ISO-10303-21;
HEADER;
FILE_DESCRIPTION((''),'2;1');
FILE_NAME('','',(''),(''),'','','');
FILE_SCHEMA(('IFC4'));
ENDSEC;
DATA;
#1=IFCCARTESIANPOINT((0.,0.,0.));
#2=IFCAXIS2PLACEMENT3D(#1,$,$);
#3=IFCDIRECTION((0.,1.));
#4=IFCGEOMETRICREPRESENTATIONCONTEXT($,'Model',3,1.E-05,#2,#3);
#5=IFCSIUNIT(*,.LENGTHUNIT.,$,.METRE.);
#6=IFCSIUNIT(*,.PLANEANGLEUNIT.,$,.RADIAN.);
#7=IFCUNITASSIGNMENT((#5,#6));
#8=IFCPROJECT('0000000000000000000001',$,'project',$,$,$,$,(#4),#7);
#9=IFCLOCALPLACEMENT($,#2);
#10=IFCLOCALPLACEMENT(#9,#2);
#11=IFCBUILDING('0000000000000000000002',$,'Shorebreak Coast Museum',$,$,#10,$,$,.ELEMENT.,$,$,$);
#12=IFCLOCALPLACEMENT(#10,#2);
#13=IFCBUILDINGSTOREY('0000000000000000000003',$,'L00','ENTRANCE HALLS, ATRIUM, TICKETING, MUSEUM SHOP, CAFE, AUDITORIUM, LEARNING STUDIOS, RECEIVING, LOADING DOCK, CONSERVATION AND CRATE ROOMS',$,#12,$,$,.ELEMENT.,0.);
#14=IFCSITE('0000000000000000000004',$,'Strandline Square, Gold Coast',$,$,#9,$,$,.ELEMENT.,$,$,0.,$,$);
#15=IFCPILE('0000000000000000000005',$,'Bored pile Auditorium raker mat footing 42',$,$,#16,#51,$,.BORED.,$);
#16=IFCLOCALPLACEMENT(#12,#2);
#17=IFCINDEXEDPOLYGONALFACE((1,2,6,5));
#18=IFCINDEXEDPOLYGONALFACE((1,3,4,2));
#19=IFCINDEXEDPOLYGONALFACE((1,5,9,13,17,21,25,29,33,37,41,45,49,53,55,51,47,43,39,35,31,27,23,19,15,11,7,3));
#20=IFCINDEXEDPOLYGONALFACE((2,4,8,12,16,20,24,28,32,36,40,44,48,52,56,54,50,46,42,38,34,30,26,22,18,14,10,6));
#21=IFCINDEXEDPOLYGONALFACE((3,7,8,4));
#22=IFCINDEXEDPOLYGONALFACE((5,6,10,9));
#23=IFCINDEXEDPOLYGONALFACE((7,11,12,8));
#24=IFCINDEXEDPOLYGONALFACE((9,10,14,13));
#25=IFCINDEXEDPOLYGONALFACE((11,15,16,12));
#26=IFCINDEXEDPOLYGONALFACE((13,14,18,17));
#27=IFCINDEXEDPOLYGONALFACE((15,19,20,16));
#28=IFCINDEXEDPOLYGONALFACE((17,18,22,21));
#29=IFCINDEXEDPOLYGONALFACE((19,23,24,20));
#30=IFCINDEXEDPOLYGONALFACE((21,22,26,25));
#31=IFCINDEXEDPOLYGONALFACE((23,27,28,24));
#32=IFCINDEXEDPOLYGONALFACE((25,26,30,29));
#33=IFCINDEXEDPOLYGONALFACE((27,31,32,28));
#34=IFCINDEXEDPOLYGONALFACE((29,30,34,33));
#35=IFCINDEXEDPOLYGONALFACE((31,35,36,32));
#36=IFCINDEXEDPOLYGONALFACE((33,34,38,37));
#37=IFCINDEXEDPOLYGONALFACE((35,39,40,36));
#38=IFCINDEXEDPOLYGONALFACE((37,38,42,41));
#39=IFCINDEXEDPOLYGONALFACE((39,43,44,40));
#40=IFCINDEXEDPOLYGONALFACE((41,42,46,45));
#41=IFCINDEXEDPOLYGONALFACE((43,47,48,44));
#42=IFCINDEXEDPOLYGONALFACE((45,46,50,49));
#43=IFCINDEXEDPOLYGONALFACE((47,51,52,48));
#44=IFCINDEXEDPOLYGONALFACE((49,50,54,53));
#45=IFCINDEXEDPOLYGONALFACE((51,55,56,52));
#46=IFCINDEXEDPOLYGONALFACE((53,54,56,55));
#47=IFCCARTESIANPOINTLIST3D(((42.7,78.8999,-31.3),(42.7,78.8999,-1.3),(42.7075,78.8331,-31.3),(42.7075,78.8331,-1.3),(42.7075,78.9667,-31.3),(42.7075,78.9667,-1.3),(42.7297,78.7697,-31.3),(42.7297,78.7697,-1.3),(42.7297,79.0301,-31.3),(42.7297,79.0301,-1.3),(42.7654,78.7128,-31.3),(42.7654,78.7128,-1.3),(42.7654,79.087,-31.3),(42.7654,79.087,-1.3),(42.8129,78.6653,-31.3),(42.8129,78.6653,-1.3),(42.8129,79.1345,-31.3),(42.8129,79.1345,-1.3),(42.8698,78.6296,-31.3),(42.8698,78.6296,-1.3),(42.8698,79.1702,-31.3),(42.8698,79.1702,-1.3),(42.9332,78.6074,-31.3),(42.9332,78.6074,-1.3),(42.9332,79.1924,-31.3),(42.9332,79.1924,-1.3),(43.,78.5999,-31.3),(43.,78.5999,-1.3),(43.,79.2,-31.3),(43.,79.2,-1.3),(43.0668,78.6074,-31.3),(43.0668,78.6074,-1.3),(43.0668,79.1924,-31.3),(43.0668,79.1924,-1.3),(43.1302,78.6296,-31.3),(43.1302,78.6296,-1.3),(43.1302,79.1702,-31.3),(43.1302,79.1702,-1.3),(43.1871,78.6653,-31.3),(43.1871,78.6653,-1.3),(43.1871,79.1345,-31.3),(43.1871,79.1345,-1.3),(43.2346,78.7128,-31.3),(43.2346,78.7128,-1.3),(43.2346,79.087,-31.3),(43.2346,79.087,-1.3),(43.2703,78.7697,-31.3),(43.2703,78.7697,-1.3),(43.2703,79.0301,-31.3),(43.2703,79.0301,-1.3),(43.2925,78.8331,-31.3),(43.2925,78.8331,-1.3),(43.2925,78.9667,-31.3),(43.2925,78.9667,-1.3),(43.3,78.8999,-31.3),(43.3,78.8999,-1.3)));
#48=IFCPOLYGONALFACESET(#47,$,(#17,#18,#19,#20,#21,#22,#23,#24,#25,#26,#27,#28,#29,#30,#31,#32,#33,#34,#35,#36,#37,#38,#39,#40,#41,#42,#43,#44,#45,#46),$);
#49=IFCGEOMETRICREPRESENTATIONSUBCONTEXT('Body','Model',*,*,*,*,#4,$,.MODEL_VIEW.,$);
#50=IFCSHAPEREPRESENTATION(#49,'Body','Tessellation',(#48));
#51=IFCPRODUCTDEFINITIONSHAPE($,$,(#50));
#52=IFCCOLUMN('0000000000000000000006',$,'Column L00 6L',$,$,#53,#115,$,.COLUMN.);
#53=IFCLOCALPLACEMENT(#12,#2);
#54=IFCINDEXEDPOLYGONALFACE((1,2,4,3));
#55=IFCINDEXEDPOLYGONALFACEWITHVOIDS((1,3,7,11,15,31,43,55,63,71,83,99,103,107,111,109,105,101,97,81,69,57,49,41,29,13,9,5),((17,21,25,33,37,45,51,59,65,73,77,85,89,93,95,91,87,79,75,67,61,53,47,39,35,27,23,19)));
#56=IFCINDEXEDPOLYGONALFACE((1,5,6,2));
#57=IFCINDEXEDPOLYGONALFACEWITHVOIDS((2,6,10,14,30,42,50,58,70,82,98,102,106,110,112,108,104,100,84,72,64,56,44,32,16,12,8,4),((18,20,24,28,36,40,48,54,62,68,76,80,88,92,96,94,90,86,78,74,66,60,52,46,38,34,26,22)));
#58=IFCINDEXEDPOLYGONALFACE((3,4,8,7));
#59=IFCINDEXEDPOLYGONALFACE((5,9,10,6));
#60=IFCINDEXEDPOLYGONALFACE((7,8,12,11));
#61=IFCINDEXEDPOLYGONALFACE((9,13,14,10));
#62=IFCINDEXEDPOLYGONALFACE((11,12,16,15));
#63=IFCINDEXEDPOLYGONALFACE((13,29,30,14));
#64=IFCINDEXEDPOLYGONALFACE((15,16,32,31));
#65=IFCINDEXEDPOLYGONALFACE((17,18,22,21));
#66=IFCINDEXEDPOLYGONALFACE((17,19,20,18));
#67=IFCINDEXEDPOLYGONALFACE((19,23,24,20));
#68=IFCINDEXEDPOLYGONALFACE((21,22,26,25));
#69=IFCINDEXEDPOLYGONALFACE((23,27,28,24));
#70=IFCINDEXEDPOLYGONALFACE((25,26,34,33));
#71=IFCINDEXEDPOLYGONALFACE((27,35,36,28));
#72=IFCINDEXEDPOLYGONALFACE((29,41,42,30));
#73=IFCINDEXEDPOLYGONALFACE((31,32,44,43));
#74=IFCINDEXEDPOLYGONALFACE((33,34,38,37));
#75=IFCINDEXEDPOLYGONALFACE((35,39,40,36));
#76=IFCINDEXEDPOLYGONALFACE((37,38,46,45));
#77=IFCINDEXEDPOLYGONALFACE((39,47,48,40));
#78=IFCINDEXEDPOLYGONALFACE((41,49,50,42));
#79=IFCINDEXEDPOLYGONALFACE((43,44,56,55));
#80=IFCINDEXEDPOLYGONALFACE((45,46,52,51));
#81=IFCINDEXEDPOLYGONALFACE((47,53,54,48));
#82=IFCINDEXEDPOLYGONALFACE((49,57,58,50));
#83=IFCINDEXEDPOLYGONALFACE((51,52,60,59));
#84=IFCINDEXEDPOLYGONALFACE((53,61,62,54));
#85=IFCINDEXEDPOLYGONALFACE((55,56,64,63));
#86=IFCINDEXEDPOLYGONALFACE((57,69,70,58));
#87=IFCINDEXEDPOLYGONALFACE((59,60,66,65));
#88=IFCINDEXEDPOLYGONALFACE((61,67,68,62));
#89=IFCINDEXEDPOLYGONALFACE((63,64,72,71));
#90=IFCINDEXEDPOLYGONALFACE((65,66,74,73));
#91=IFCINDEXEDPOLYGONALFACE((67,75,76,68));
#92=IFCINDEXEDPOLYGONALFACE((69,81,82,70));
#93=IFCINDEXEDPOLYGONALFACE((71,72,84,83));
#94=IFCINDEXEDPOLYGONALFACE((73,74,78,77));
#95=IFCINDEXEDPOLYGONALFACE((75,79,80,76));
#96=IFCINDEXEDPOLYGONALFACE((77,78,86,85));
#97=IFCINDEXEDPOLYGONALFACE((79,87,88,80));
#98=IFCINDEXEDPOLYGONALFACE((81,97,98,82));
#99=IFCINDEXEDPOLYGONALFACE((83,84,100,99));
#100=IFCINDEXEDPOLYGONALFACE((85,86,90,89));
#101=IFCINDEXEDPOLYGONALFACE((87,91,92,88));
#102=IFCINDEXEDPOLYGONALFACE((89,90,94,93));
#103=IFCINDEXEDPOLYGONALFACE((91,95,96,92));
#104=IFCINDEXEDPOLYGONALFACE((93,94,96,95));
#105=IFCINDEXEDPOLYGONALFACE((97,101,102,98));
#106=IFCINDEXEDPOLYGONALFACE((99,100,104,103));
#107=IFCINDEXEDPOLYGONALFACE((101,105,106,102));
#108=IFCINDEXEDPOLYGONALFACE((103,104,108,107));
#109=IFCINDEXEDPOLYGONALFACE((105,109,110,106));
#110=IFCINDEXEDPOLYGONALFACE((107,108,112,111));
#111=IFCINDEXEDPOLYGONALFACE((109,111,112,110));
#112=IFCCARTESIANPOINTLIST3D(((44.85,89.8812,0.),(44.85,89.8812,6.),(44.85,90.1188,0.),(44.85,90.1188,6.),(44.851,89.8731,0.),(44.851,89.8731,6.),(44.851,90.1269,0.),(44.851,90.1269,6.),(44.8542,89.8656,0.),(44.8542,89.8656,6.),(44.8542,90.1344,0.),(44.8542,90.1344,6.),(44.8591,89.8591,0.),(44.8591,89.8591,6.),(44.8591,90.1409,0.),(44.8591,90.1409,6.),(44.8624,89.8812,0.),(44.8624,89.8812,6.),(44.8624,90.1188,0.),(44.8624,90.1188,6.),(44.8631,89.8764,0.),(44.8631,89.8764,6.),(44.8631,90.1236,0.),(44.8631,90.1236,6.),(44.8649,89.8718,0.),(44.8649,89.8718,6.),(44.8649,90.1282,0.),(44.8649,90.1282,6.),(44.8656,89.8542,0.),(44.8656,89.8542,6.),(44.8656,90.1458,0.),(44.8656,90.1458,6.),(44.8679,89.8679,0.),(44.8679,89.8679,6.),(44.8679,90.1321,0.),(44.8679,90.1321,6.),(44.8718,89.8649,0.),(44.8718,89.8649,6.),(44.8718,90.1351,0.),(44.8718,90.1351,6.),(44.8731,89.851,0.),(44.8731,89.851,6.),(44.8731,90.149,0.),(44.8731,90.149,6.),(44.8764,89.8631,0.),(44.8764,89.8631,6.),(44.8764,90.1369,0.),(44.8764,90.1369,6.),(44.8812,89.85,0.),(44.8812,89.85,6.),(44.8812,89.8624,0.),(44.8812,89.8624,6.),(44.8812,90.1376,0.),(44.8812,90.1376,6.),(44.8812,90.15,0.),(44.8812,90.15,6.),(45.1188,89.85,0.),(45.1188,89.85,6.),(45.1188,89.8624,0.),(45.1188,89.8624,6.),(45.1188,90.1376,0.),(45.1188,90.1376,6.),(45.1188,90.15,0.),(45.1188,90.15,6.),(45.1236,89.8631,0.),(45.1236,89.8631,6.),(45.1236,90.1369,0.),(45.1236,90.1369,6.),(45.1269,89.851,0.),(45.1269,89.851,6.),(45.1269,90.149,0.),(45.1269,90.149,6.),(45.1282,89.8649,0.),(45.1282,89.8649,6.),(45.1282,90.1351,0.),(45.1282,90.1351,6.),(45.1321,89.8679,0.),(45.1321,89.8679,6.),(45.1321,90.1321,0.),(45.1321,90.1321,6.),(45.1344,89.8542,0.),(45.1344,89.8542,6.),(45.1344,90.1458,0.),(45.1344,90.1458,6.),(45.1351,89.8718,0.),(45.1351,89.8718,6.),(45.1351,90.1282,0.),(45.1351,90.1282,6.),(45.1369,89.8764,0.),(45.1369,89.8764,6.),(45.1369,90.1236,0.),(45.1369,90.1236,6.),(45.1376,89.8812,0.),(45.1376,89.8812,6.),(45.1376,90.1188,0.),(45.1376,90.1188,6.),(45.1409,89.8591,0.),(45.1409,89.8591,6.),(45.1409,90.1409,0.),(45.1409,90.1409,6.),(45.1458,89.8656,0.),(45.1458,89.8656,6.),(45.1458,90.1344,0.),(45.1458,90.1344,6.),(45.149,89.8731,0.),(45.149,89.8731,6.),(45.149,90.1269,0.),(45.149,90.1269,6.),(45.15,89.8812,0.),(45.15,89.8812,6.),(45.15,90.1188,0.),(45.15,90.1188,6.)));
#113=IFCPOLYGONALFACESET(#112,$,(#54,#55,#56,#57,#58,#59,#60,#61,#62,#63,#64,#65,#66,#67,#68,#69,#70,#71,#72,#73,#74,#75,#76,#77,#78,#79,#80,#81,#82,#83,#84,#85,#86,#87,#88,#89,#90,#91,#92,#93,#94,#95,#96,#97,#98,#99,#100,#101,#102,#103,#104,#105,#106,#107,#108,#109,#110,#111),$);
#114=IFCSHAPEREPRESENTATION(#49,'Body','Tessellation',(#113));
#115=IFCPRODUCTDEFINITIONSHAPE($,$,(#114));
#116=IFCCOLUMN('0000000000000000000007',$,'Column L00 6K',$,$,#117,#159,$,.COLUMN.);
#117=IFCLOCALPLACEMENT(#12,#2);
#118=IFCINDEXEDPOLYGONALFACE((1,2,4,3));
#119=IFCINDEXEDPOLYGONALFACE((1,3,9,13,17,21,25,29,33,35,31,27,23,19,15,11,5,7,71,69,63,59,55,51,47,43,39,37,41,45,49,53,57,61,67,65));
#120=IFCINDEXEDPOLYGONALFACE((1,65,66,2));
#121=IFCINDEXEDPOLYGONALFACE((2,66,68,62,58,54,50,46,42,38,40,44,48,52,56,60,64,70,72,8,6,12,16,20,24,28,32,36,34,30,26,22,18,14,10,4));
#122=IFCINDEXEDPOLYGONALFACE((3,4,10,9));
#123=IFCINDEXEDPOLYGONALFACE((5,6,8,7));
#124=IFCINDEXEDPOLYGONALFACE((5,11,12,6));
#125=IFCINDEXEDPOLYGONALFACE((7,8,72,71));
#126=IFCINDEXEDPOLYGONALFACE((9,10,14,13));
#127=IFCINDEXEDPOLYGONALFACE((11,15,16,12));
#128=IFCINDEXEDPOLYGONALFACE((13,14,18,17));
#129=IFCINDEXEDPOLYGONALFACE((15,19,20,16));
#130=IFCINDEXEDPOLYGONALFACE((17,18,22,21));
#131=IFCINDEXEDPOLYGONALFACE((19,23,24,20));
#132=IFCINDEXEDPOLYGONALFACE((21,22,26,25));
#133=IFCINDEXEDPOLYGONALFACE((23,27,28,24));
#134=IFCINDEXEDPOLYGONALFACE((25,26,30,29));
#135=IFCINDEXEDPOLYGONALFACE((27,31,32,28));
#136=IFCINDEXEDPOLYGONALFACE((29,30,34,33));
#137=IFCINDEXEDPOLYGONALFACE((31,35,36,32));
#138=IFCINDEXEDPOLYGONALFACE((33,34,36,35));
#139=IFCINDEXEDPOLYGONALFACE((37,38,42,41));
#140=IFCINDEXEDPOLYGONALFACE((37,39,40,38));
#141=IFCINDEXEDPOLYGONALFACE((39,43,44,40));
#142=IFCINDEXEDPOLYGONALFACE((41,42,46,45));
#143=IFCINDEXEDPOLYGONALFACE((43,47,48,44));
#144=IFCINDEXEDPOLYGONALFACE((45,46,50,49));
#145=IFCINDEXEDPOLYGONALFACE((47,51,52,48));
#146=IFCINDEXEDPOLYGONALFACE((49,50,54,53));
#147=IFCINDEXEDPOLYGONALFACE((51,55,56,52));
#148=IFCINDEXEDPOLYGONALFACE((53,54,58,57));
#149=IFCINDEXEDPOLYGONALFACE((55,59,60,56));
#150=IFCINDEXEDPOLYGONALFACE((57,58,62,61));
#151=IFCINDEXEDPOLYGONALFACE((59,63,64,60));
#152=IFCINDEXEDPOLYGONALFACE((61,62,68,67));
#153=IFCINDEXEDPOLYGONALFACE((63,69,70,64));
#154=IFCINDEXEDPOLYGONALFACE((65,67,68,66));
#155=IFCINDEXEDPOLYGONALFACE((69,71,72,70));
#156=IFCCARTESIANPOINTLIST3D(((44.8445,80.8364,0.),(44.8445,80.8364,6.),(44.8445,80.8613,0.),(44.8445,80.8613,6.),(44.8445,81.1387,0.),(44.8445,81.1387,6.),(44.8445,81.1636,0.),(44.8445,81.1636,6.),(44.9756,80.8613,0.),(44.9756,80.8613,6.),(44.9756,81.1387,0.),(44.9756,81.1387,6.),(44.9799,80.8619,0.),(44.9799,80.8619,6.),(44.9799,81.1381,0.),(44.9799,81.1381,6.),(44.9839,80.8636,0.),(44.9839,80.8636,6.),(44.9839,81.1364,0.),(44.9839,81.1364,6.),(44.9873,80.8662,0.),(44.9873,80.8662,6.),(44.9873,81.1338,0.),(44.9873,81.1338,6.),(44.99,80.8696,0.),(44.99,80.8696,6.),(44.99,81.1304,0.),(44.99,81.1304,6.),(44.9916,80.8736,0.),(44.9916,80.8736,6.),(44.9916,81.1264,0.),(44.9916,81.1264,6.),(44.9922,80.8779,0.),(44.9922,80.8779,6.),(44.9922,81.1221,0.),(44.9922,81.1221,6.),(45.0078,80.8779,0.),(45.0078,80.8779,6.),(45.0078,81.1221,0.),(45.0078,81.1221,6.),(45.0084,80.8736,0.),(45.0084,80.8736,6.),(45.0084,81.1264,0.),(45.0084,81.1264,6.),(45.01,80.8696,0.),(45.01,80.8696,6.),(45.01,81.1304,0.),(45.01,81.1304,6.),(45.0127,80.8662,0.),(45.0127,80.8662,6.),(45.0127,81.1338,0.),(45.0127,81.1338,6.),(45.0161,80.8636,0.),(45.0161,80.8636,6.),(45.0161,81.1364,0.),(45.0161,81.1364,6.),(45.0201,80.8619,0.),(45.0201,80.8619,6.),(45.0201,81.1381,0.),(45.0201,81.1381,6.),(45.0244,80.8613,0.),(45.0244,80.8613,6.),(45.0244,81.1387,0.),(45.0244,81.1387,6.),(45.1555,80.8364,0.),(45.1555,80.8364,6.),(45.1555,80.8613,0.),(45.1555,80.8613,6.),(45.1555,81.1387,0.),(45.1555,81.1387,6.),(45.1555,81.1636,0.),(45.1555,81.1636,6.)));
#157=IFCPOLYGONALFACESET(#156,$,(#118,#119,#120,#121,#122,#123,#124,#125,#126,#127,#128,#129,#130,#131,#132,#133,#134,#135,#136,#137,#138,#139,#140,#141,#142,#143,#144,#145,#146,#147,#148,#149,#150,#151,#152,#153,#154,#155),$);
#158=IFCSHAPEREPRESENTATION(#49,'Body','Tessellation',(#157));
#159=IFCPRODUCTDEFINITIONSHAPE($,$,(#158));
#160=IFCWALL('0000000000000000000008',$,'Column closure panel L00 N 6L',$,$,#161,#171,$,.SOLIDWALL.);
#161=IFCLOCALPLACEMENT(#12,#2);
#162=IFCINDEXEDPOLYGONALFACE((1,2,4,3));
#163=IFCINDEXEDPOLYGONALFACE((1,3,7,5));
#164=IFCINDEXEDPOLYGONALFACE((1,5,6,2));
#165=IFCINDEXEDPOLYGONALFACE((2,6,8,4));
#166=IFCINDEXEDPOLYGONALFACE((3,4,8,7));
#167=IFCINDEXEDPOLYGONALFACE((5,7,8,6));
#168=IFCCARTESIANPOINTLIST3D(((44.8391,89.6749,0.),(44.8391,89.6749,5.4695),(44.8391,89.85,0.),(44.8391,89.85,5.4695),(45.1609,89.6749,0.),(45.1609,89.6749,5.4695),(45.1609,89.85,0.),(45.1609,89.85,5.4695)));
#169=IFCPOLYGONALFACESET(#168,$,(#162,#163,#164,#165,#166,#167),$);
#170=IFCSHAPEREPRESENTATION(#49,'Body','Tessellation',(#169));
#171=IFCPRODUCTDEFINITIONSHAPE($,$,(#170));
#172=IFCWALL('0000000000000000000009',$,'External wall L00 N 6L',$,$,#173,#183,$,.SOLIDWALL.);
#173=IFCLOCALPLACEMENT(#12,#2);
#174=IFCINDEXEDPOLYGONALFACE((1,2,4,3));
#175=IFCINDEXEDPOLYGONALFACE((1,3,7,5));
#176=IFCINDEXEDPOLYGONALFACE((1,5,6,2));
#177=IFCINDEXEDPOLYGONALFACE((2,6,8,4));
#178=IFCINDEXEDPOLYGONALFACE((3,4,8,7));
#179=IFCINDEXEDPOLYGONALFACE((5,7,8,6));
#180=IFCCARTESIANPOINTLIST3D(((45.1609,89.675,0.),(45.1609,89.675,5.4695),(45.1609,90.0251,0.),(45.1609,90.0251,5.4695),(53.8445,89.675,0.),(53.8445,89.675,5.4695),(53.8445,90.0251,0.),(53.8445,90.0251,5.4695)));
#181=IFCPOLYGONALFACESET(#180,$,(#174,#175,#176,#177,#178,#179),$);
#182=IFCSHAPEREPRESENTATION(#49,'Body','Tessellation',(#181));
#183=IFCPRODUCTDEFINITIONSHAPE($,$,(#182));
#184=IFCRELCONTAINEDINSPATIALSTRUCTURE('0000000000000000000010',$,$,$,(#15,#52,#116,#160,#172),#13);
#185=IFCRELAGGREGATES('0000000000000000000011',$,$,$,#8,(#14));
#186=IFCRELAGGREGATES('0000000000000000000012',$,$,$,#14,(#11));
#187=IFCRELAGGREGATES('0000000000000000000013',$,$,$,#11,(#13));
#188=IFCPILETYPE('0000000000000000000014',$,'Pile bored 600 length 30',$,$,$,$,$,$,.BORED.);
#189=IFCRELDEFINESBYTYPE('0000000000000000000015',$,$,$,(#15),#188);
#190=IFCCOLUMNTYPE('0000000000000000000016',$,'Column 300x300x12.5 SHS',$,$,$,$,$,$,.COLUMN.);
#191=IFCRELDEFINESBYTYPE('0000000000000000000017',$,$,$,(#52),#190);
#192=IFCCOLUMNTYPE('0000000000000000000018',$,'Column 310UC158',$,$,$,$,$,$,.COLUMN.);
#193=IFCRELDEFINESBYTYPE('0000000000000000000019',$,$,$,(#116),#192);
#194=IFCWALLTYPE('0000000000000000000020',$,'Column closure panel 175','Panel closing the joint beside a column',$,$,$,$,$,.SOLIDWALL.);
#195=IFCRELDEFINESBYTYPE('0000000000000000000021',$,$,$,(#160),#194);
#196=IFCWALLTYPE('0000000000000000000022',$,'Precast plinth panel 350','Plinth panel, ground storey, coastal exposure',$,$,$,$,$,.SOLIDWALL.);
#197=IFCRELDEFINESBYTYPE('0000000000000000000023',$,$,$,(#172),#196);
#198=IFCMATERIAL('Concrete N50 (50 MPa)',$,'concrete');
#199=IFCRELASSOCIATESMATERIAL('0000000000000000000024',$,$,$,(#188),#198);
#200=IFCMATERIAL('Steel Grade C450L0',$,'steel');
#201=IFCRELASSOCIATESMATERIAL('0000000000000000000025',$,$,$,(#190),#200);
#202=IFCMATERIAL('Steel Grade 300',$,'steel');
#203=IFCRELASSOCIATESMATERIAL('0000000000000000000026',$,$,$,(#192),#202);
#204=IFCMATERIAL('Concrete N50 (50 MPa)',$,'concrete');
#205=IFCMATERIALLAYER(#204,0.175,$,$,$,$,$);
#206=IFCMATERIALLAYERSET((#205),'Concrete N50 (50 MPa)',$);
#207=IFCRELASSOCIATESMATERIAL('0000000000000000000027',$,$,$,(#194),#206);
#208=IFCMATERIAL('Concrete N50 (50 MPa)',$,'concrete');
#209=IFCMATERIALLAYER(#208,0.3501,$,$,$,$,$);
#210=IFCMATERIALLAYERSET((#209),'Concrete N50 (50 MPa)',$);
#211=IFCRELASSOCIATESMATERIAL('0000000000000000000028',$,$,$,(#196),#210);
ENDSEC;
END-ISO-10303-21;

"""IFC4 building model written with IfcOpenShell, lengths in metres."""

from ifc_helpers import new_model, si_unit, direction, frame, frame_2d, origin, origin_2d, place, context, subcontext, project, spatial, rectangle, hollow_rectangle, circle, i_section, extrude, material, layer, layer_set, material_profile, profile_set, type_object, element, save


model = new_model("IFC4")

# Units and contexts
model_context = context("Model", 3, precision=1e-05, world=origin(), true_north=direction((0.0, 1.0)))
body_context = subcontext(model_context, "Body", "Model", "MODEL_VIEW")
ifc_project = project(units=[si_unit("LENGTHUNIT", "METRE"), si_unit("PLANEANGLEUNIT", "RADIAN")], contexts=[model_context])

# Site, building, storey
site_placement = place(None, origin())
site = spatial("IfcSite", under=ifc_project, at=site_placement, Name="Strandline Square, Gold Coast", CompositionType="ELEMENT", RefElevation=0.0)
building_placement = place(site_placement, origin())
building = spatial("IfcBuilding", under=site, at=building_placement, Name="Shorebreak Coast Museum", CompositionType="ELEMENT")
storey_placement = place(building_placement, origin())
storey = spatial("IfcBuildingStorey", under=building, at=storey_placement, Name="L00", Description="ENTRANCE HALLS, ATRIUM, TICKETING, MUSEUM SHOP, CAFE, AUDITORIUM, LEARNING STUDIOS, RECEIVING, LOADING DOCK, CONSERVATION AND CRATE ROOMS", CompositionType="ELEMENT", Elevation=0.0)

# Pile
ifc_material_1 = material(Name="Concrete N50 (50 MPa)", Category="concrete")
ifc_material_profile_1 = material_profile(ifc_material_1, circle(Radius=0.3, at=origin_2d()), Name="Pile bored 600 length 30")
ifc_profile_set_1 = profile_set([ifc_material_profile_1], Name="Concrete N50 (50 MPa)")
pile_type_1 = type_object("IfcPileType", Name="Pile bored 600 length 30", PredefinedType="BORED", material=ifc_profile_set_1)
for number, where, z_axis, x_axis, name in (
    (1, (43.0, 78.8999, -1.3), (0.0, 0.0, -1.0), (1.0, 0.0, 0.0), "Bored pile Auditorium raker mat footing 42"),
):
    element("IfcPile", number, at=place(storey_placement, frame(where, z_axis=z_axis, x_axis=x_axis)), inside=storey, type_object=pile_type_1, Name=name, PredefinedType="BORED", context=body_context, shape_type="SweptSolid", body=[
        extrude(circle(Radius=0.3, at=origin_2d()), origin(), (0.0, 0.0, 1.0), 30.0),
    ])

# Columns
ifc_material_2 = material(Name="Steel Grade C450L0", Category="steel")
ifc_material_profile_2 = material_profile(ifc_material_2, hollow_rectangle(XDim=0.3, YDim=0.3, WallThickness=0.0125, InnerFilletRadius=0.0188, OuterFilletRadius=0.0312, at=origin_2d()), Name="300x300x12.5 SHS")
ifc_profile_set_2 = profile_set([ifc_material_profile_2], Name="Steel Grade C450L0")
column_type_1 = type_object("IfcColumnType", Name="Column 300x300x12.5 SHS", PredefinedType="COLUMN", material=ifc_profile_set_2)
column_1_placement = place(storey_placement, frame((45.0, 90.0, 0.0), z_axis=(0.0, 0.0, 1.0), x_axis=(1.0, 0.0, 0.0)))
element("IfcColumn", 2, at=column_1_placement, inside=storey, type_object=column_type_1, Name="Column L00 6L", PredefinedType="COLUMN", context=body_context, shape_type="SweptSolid", body=[
    extrude(hollow_rectangle(XDim=0.3, YDim=0.3, WallThickness=0.0125, InnerFilletRadius=0.0188, OuterFilletRadius=0.0312, at=origin_2d()), origin(), (0.0, 0.0, 1.0), 6.0),
])
ifc_material_3 = material(Name="Steel Grade 300", Category="steel")
ifc_material_profile_3 = material_profile(ifc_material_3, i_section(OverallWidth=0.311, OverallDepth=0.3271, WebThickness=0.0156, FlangeThickness=0.0249, FilletRadius=0.0166, at=origin_2d()), Name="310UC158")
ifc_profile_set_3 = profile_set([ifc_material_profile_3], Name="Steel Grade 300")
column_type_2 = type_object("IfcColumnType", Name="Column 310UC158", PredefinedType="COLUMN", material=ifc_profile_set_3)
column_2_placement = place(storey_placement, frame((45.0, 81.0, 0.0), z_axis=(0.0, 0.0, 1.0), x_axis=(1.0, 0.0, 0.0)))
element("IfcColumn", 3, at=column_2_placement, inside=storey, type_object=column_type_2, Name="Column L00 6K", PredefinedType="COLUMN", context=body_context, shape_type="SweptSolid", body=[
    extrude(i_section(OverallWidth=0.311, OverallDepth=0.3271, WebThickness=0.0156, FlangeThickness=0.0249, FilletRadius=0.0166, at=origin_2d()), origin(), (0.0, 0.0, 1.0), 6.0),
])

# Walls
ifc_material_4 = material(Name="Concrete N50 (50 MPa)", Category="concrete")
ifc_layer_1 = layer(ifc_material_4, 0.175)
ifc_layer_set_1 = layer_set([ifc_layer_1], Name="Concrete N50 (50 MPa)")
wall_type_1 = type_object("IfcWallType", Name="Column closure panel 175", Description="Panel closing the joint beside a column", PredefinedType="SOLIDWALL", material=ifc_layer_set_1)
wall_1_placement = place(storey_placement, frame((44.8391, 89.7625, 0.0), z_axis=(0.0, 0.0, 1.0), x_axis=(1.0, 0.0, 0.0)))
element("IfcWall", 4, at=wall_1_placement, inside=storey, type_object=wall_type_1, Name="Column closure panel L00 N 6L", PredefinedType="SOLIDWALL", context=body_context, shape_type="SweptSolid", body=[
    extrude(rectangle(XDim=0.3218, YDim=0.175, at=frame_2d((0.1609, 0.0))), origin(), (0.0, 0.0, 1.0), 5.4695),
])
ifc_material_5 = material(Name="Concrete N50 (50 MPa)", Category="concrete")
ifc_layer_2 = layer(ifc_material_5, 0.3501)
ifc_layer_set_2 = layer_set([ifc_layer_2], Name="Concrete N50 (50 MPa)")
wall_type_2 = type_object("IfcWallType", Name="Precast plinth panel 350", Description="Plinth panel, ground storey, coastal exposure", PredefinedType="SOLIDWALL", material=ifc_layer_set_2)
wall_2_placement = place(storey_placement, frame((45.1609, 89.8501, 0.0), z_axis=(0.0, 0.0, 1.0), x_axis=(1.0, 0.0, 0.0)))
element("IfcWall", 5, at=wall_2_placement, inside=storey, type_object=wall_type_2, Name="External wall L00 N 6L", PredefinedType="SOLIDWALL", context=body_context, shape_type="SweptSolid", body=[
    extrude(rectangle(XDim=8.6836, YDim=0.3501, at=frame_2d((4.3418, 0.0))), origin(), (0.0, 0.0, 1.0), 5.4695),
])

save(model, "model.ifc")
